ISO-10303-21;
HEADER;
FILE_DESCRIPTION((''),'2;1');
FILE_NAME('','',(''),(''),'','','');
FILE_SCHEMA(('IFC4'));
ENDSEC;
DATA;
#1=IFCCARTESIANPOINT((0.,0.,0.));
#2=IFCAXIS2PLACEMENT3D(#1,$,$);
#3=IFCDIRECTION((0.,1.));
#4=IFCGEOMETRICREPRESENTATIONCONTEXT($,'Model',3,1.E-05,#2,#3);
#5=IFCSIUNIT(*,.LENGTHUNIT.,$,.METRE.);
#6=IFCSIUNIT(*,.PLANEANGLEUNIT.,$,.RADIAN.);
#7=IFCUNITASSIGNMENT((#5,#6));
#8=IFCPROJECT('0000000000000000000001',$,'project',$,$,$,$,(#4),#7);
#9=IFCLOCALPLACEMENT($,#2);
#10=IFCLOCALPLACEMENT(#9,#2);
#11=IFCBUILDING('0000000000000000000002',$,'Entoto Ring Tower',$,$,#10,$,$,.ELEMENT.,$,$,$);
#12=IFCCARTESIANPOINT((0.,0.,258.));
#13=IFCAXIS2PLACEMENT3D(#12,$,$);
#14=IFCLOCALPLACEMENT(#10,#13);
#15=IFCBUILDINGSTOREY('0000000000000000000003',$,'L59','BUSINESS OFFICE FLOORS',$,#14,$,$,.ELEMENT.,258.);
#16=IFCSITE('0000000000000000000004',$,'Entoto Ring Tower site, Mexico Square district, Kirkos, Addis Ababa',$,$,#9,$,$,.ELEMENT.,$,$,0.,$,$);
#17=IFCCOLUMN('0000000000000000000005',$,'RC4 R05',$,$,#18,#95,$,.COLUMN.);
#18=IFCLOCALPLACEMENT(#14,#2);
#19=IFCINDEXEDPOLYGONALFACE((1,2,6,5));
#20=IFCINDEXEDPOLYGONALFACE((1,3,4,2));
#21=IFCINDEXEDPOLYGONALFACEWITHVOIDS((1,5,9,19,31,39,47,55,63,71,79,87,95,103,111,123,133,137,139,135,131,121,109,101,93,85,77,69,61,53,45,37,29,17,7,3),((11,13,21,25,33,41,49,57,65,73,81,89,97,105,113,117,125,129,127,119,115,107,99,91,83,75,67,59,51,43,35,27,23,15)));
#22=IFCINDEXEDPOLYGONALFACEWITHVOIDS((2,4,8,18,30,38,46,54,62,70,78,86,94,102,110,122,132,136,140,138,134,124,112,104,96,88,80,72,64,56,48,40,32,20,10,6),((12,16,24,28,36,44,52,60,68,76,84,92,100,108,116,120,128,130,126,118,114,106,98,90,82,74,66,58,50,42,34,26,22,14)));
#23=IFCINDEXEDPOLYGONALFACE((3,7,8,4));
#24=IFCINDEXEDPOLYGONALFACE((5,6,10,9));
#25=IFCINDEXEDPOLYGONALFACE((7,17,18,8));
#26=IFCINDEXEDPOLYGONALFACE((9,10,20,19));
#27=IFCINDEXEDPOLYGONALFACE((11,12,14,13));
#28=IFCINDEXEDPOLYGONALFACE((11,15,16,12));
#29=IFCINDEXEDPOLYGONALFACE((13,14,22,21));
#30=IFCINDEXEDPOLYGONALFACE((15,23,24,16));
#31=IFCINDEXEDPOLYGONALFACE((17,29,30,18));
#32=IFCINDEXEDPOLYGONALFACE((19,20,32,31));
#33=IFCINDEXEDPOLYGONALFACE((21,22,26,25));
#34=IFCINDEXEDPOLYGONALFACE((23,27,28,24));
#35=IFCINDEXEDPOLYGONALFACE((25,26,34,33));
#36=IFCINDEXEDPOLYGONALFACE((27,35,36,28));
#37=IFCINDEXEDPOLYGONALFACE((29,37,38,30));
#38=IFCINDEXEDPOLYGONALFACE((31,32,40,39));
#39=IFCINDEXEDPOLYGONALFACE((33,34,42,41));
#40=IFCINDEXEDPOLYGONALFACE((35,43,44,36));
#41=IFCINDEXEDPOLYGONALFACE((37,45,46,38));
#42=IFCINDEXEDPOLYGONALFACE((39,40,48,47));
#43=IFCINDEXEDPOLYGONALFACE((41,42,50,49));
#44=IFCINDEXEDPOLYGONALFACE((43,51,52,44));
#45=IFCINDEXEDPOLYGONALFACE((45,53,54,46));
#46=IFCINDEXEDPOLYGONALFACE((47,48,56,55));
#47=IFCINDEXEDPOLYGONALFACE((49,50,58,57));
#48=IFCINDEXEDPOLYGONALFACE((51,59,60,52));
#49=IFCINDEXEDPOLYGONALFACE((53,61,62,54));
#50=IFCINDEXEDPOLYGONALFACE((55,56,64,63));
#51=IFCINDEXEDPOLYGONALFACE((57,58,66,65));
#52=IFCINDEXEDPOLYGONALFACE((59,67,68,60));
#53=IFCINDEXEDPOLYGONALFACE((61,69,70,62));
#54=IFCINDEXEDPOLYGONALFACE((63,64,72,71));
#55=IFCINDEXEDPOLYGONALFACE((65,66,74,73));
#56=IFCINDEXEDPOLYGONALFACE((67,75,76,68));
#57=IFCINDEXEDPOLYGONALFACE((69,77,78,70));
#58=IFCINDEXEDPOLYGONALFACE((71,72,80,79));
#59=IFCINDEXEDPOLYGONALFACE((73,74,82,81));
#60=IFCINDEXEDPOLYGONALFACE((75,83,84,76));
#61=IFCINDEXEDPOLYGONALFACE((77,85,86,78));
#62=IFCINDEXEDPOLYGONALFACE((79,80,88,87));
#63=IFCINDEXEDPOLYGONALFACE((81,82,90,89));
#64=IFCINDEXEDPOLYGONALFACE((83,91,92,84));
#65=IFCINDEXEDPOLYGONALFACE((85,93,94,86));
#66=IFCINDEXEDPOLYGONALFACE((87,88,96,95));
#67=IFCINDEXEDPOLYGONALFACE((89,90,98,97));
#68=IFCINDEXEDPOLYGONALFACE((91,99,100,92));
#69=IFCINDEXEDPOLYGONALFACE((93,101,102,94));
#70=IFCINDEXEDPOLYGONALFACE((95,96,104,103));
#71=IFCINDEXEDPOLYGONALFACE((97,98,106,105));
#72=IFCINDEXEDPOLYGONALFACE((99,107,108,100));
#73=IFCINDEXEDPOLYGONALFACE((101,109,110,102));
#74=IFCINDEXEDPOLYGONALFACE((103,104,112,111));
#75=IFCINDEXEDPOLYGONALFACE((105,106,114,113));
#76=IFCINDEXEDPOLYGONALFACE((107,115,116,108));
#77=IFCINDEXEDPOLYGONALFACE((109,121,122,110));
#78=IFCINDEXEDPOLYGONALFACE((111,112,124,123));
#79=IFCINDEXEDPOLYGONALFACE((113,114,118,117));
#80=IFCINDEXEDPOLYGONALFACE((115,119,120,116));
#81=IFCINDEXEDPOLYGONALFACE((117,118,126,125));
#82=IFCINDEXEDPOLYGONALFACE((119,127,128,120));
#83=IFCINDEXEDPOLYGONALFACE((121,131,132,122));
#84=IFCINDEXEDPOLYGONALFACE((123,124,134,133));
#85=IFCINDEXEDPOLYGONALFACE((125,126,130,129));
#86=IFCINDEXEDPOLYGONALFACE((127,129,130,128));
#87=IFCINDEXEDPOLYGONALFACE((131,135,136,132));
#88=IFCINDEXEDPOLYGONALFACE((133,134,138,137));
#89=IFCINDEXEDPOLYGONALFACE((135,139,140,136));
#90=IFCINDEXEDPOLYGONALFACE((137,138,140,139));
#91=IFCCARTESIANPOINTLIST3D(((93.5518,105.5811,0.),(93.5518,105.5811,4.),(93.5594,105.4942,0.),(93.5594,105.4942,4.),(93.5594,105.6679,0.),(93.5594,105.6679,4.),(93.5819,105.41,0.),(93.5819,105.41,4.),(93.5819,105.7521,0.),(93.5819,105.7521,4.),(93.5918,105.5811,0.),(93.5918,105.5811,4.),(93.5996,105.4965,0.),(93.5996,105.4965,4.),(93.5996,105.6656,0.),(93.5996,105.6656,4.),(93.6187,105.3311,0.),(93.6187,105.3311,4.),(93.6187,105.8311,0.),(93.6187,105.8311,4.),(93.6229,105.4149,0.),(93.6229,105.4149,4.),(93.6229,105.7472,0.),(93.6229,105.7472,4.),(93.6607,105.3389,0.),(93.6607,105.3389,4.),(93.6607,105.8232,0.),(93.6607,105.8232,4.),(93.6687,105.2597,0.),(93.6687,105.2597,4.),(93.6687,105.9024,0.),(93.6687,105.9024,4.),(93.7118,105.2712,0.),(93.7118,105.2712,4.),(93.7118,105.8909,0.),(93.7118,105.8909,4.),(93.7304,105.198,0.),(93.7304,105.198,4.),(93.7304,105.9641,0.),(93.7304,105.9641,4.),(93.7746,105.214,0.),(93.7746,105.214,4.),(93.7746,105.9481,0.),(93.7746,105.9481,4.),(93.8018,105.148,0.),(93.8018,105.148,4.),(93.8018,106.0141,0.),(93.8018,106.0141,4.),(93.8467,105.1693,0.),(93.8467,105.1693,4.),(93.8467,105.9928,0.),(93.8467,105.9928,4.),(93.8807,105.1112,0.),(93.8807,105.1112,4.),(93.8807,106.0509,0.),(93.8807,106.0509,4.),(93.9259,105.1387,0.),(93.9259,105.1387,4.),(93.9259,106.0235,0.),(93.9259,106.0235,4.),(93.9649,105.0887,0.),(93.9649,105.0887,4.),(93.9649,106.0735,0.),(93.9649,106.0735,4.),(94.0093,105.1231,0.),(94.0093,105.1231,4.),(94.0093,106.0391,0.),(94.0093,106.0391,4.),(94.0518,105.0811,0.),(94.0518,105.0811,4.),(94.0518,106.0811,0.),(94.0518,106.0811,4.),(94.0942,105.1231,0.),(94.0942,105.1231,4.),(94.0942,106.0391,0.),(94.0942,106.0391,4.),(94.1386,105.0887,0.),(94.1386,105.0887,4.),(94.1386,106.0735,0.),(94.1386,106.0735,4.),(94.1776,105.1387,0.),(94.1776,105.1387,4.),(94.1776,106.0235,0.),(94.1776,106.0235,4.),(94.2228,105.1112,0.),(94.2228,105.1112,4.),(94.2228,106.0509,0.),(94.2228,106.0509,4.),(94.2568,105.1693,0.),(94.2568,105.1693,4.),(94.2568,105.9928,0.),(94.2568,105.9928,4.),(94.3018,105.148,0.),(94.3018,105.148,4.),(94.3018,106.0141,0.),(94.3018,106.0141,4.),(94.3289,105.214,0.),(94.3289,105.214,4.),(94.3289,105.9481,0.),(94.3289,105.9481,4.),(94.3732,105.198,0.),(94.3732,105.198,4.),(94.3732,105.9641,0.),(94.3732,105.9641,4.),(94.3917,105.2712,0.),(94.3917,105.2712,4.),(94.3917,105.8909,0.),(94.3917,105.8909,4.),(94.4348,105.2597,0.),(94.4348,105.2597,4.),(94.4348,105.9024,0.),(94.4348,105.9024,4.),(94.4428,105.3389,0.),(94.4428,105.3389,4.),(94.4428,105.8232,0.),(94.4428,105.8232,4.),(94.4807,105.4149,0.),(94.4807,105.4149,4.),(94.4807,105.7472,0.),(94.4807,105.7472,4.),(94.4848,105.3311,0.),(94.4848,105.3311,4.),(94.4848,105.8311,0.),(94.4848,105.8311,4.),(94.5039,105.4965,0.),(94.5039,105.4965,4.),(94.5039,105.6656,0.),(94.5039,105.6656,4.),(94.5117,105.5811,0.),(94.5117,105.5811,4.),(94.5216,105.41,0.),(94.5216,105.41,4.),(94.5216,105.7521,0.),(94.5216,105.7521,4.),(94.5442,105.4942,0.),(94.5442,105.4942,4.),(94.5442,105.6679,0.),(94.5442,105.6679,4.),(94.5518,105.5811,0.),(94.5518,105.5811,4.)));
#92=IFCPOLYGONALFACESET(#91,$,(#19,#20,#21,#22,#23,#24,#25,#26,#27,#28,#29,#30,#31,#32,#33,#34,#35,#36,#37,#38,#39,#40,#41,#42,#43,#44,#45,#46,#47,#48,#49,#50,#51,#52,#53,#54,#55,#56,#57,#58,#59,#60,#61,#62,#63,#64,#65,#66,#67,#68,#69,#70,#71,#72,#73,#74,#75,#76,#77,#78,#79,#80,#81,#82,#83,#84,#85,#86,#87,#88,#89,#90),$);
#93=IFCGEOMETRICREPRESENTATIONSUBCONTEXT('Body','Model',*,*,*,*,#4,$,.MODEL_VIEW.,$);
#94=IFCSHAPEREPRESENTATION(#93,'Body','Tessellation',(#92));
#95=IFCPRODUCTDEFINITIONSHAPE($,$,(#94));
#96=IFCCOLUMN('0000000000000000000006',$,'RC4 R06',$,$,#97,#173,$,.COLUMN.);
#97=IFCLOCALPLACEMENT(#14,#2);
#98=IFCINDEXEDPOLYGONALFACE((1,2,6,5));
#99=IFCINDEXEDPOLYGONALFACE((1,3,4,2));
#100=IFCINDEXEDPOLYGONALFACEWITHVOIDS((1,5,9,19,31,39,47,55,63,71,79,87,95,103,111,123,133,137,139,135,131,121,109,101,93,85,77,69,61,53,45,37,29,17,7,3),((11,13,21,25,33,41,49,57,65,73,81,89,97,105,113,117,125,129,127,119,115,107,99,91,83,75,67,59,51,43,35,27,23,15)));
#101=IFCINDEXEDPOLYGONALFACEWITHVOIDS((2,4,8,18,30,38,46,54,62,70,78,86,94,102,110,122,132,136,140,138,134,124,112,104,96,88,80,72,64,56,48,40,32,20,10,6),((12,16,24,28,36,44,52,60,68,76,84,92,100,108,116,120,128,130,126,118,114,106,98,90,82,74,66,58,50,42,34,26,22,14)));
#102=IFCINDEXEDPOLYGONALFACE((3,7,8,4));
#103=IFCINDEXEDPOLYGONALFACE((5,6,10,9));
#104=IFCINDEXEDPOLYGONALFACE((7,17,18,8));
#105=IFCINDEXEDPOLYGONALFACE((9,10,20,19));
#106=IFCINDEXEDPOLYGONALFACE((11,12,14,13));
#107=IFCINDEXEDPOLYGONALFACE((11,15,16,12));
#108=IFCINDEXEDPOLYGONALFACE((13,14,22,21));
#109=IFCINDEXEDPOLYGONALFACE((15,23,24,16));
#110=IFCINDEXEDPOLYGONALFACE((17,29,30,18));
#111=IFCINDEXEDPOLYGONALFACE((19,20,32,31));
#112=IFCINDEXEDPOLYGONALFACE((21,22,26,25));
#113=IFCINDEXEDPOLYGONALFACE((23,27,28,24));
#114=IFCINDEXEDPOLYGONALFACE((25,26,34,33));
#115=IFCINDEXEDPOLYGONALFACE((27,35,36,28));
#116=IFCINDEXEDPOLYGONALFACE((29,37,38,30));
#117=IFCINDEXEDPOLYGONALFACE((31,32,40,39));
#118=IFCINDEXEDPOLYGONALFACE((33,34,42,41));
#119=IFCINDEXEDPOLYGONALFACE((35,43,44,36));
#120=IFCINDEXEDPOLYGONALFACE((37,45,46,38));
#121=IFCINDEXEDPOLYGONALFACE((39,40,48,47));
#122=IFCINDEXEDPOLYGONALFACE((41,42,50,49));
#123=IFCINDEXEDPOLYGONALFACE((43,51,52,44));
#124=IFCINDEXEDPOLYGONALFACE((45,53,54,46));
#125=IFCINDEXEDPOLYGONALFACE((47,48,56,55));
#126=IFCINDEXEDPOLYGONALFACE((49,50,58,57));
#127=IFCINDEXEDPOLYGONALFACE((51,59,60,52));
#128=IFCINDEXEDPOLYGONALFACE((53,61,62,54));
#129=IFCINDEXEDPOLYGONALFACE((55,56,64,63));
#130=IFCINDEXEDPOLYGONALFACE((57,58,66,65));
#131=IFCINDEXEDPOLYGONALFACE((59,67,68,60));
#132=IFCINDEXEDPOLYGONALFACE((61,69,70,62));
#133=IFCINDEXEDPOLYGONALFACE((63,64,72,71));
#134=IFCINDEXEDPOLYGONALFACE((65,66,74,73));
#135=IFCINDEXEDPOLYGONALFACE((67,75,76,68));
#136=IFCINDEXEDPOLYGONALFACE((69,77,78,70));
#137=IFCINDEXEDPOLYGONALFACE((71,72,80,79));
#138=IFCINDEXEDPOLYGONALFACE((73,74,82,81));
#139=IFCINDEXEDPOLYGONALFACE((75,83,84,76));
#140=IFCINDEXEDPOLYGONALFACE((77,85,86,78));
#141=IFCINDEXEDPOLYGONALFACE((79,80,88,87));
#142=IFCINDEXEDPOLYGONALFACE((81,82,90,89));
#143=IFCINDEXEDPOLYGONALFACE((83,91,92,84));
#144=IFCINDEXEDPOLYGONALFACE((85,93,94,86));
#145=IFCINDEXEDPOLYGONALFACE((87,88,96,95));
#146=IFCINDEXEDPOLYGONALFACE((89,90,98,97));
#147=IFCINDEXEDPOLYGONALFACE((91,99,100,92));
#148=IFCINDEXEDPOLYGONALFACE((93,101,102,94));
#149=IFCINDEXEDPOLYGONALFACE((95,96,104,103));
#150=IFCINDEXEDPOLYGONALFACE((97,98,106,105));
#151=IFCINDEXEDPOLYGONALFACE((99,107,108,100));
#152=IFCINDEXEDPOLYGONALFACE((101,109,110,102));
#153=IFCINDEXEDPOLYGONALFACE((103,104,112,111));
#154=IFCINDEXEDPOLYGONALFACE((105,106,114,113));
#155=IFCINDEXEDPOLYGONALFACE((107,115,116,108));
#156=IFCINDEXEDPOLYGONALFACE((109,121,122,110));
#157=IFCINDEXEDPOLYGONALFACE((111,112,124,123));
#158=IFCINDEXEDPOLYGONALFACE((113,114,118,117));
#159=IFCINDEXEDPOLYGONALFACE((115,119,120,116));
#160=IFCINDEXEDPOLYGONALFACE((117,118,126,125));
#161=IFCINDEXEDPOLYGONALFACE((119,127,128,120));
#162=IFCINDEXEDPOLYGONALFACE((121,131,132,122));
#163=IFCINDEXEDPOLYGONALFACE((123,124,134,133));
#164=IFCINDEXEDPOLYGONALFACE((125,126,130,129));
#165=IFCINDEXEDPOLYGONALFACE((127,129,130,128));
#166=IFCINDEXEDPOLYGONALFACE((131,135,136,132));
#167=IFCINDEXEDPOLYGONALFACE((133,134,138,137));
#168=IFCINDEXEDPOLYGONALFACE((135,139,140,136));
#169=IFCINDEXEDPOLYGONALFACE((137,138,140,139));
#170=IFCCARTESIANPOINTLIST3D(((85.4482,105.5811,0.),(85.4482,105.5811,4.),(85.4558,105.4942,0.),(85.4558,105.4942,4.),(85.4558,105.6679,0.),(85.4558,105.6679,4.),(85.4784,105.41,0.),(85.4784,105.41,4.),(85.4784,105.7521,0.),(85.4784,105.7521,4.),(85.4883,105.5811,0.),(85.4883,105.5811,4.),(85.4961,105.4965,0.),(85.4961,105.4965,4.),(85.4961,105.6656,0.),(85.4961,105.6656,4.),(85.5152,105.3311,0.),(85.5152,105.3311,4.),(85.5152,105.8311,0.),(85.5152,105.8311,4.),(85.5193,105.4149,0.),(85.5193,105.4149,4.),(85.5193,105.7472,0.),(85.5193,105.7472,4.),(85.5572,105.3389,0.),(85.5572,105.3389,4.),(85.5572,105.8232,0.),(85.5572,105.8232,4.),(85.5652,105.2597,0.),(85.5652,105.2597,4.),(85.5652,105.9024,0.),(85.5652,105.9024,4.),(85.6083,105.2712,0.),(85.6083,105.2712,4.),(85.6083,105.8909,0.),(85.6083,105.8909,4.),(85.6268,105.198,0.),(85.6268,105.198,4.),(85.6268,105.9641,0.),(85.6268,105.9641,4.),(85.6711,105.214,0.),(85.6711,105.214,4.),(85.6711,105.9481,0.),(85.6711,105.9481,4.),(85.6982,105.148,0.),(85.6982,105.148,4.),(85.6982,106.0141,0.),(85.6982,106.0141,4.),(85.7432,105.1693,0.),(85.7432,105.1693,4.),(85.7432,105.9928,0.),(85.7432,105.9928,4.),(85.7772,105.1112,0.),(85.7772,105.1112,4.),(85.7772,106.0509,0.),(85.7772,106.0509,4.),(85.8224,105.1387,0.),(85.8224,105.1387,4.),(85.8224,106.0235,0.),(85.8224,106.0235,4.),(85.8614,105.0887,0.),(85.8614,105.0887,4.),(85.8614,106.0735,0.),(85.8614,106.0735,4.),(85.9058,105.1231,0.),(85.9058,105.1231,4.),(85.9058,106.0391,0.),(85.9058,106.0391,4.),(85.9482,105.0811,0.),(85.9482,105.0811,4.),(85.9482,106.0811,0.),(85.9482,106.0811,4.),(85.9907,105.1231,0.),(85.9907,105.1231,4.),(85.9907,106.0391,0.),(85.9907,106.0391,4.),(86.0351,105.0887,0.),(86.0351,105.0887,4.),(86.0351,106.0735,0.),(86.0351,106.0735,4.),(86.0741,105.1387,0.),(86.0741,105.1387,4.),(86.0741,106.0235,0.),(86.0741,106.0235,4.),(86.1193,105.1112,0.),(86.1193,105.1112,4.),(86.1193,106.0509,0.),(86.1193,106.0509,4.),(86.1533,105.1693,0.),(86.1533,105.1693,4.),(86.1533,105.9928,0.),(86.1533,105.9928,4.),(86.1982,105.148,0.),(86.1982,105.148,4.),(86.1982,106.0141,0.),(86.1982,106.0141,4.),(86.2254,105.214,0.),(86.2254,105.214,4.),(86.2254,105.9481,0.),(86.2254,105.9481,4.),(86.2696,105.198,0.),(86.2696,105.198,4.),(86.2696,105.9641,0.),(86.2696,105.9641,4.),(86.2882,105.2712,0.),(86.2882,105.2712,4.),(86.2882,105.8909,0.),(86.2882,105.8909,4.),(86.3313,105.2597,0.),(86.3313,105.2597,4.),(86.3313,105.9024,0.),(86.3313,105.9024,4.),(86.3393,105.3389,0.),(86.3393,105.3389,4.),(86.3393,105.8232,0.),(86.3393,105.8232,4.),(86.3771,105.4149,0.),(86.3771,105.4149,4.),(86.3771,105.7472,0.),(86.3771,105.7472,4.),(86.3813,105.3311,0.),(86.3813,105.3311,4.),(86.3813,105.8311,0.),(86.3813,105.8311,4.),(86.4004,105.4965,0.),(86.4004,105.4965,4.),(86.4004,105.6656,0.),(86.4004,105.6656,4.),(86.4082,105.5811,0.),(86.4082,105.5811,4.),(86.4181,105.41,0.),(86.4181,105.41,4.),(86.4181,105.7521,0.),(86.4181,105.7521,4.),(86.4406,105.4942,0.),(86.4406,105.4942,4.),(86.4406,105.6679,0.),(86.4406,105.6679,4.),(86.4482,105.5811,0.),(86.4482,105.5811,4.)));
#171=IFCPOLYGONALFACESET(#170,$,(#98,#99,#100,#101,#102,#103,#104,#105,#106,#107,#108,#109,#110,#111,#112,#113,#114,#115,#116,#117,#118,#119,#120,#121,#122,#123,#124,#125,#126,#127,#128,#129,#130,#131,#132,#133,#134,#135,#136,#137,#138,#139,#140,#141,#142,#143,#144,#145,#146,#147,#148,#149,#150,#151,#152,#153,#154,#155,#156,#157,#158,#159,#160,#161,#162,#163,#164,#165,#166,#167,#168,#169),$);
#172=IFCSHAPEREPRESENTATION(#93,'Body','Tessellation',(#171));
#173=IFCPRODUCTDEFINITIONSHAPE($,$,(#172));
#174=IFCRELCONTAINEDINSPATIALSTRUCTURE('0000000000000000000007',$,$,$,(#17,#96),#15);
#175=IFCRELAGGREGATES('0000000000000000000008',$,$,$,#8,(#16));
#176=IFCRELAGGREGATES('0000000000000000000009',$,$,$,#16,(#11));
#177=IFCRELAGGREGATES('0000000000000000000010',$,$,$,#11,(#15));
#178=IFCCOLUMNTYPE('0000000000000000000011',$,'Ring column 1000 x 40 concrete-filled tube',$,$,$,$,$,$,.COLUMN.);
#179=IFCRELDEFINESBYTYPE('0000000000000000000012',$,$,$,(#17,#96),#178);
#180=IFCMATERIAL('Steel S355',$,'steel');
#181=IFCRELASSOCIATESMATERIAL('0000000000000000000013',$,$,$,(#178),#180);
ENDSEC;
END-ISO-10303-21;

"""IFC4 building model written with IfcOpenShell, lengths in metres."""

from ifc_helpers import new_model, si_unit, direction, frame, origin, origin_2d, place, context, subcontext, project, spatial, circle, hollow_circle, extrude, material, material_profile, profile_set, type_object, element, save


model = new_model("IFC4")

# Units and contexts
model_context = context("Model", 3, precision=1e-05, world=origin(), true_north=direction((0.0, 1.0)))
body_context = subcontext(model_context, "Body", "Model", "MODEL_VIEW")
ifc_project = project(units=[si_unit("LENGTHUNIT", "METRE"), si_unit("PLANEANGLEUNIT", "RADIAN")], contexts=[model_context])

# Site, building, storey
site_placement = place(None, origin())
site = spatial("IfcSite", under=ifc_project, at=site_placement, Name="Entoto Ring Tower site, Mexico Square district, Kirkos, Addis Ababa", CompositionType="ELEMENT", RefElevation=0.0)
building_placement = place(site_placement, origin())
building = spatial("IfcBuilding", under=site, at=building_placement, Name="Entoto Ring Tower", CompositionType="ELEMENT")
storey_placement = place(building_placement, frame((0.0, 0.0, 258.0)))
storey = spatial("IfcBuildingStorey", under=building, at=storey_placement, Name="L59", Description="BUSINESS OFFICE FLOORS", CompositionType="ELEMENT", Elevation=258.0)

# Columns
ifc_material_1 = material(Name="Steel S355", Category="steel")
ifc_material_profile_1 = material_profile(ifc_material_1, hollow_circle(Radius=0.5, WallThickness=0.04, at=origin_2d()), Name="CHS 1000 x 40")
ifc_material_2 = material(Name="Concrete C60/75", Category="concrete")
ifc_material_profile_2 = material_profile(ifc_material_2, circle(Radius=0.46, at=origin_2d()), Name="Concrete C60/75 infill")
ifc_profile_set_1 = profile_set([ifc_material_profile_1, ifc_material_profile_2], Name="Steel S355")
column_type = type_object("IfcColumnType", Name="Ring column 1000 x 40 concrete-filled tube", PredefinedType="COLUMN", material=ifc_profile_set_1)
for number, where, z_axis, x_axis, name in (
    (1, (94.0518, 105.5811, 0.0), (0.0, 0.0, 1.0), (1.0, 0.0, 0.0), "RC4 R05"),
    (2, (85.9482, 105.5811, 0.0), (0.0, 0.0, 1.0), (1.0, 0.0, 0.0), "RC4 R06"),
):
    element("IfcColumn", number, at=place(storey_placement, frame(where, z_axis=z_axis, x_axis=x_axis)), inside=storey, type_object=column_type, Name=name, PredefinedType="COLUMN", context=body_context, shape_type="SweptSolid", body=[
        extrude(hollow_circle(Radius=0.5, WallThickness=0.04, at=origin_2d()), origin(), (0.0, 0.0, 1.0), 4.0),
    ])

save(model, "model.ifc")
